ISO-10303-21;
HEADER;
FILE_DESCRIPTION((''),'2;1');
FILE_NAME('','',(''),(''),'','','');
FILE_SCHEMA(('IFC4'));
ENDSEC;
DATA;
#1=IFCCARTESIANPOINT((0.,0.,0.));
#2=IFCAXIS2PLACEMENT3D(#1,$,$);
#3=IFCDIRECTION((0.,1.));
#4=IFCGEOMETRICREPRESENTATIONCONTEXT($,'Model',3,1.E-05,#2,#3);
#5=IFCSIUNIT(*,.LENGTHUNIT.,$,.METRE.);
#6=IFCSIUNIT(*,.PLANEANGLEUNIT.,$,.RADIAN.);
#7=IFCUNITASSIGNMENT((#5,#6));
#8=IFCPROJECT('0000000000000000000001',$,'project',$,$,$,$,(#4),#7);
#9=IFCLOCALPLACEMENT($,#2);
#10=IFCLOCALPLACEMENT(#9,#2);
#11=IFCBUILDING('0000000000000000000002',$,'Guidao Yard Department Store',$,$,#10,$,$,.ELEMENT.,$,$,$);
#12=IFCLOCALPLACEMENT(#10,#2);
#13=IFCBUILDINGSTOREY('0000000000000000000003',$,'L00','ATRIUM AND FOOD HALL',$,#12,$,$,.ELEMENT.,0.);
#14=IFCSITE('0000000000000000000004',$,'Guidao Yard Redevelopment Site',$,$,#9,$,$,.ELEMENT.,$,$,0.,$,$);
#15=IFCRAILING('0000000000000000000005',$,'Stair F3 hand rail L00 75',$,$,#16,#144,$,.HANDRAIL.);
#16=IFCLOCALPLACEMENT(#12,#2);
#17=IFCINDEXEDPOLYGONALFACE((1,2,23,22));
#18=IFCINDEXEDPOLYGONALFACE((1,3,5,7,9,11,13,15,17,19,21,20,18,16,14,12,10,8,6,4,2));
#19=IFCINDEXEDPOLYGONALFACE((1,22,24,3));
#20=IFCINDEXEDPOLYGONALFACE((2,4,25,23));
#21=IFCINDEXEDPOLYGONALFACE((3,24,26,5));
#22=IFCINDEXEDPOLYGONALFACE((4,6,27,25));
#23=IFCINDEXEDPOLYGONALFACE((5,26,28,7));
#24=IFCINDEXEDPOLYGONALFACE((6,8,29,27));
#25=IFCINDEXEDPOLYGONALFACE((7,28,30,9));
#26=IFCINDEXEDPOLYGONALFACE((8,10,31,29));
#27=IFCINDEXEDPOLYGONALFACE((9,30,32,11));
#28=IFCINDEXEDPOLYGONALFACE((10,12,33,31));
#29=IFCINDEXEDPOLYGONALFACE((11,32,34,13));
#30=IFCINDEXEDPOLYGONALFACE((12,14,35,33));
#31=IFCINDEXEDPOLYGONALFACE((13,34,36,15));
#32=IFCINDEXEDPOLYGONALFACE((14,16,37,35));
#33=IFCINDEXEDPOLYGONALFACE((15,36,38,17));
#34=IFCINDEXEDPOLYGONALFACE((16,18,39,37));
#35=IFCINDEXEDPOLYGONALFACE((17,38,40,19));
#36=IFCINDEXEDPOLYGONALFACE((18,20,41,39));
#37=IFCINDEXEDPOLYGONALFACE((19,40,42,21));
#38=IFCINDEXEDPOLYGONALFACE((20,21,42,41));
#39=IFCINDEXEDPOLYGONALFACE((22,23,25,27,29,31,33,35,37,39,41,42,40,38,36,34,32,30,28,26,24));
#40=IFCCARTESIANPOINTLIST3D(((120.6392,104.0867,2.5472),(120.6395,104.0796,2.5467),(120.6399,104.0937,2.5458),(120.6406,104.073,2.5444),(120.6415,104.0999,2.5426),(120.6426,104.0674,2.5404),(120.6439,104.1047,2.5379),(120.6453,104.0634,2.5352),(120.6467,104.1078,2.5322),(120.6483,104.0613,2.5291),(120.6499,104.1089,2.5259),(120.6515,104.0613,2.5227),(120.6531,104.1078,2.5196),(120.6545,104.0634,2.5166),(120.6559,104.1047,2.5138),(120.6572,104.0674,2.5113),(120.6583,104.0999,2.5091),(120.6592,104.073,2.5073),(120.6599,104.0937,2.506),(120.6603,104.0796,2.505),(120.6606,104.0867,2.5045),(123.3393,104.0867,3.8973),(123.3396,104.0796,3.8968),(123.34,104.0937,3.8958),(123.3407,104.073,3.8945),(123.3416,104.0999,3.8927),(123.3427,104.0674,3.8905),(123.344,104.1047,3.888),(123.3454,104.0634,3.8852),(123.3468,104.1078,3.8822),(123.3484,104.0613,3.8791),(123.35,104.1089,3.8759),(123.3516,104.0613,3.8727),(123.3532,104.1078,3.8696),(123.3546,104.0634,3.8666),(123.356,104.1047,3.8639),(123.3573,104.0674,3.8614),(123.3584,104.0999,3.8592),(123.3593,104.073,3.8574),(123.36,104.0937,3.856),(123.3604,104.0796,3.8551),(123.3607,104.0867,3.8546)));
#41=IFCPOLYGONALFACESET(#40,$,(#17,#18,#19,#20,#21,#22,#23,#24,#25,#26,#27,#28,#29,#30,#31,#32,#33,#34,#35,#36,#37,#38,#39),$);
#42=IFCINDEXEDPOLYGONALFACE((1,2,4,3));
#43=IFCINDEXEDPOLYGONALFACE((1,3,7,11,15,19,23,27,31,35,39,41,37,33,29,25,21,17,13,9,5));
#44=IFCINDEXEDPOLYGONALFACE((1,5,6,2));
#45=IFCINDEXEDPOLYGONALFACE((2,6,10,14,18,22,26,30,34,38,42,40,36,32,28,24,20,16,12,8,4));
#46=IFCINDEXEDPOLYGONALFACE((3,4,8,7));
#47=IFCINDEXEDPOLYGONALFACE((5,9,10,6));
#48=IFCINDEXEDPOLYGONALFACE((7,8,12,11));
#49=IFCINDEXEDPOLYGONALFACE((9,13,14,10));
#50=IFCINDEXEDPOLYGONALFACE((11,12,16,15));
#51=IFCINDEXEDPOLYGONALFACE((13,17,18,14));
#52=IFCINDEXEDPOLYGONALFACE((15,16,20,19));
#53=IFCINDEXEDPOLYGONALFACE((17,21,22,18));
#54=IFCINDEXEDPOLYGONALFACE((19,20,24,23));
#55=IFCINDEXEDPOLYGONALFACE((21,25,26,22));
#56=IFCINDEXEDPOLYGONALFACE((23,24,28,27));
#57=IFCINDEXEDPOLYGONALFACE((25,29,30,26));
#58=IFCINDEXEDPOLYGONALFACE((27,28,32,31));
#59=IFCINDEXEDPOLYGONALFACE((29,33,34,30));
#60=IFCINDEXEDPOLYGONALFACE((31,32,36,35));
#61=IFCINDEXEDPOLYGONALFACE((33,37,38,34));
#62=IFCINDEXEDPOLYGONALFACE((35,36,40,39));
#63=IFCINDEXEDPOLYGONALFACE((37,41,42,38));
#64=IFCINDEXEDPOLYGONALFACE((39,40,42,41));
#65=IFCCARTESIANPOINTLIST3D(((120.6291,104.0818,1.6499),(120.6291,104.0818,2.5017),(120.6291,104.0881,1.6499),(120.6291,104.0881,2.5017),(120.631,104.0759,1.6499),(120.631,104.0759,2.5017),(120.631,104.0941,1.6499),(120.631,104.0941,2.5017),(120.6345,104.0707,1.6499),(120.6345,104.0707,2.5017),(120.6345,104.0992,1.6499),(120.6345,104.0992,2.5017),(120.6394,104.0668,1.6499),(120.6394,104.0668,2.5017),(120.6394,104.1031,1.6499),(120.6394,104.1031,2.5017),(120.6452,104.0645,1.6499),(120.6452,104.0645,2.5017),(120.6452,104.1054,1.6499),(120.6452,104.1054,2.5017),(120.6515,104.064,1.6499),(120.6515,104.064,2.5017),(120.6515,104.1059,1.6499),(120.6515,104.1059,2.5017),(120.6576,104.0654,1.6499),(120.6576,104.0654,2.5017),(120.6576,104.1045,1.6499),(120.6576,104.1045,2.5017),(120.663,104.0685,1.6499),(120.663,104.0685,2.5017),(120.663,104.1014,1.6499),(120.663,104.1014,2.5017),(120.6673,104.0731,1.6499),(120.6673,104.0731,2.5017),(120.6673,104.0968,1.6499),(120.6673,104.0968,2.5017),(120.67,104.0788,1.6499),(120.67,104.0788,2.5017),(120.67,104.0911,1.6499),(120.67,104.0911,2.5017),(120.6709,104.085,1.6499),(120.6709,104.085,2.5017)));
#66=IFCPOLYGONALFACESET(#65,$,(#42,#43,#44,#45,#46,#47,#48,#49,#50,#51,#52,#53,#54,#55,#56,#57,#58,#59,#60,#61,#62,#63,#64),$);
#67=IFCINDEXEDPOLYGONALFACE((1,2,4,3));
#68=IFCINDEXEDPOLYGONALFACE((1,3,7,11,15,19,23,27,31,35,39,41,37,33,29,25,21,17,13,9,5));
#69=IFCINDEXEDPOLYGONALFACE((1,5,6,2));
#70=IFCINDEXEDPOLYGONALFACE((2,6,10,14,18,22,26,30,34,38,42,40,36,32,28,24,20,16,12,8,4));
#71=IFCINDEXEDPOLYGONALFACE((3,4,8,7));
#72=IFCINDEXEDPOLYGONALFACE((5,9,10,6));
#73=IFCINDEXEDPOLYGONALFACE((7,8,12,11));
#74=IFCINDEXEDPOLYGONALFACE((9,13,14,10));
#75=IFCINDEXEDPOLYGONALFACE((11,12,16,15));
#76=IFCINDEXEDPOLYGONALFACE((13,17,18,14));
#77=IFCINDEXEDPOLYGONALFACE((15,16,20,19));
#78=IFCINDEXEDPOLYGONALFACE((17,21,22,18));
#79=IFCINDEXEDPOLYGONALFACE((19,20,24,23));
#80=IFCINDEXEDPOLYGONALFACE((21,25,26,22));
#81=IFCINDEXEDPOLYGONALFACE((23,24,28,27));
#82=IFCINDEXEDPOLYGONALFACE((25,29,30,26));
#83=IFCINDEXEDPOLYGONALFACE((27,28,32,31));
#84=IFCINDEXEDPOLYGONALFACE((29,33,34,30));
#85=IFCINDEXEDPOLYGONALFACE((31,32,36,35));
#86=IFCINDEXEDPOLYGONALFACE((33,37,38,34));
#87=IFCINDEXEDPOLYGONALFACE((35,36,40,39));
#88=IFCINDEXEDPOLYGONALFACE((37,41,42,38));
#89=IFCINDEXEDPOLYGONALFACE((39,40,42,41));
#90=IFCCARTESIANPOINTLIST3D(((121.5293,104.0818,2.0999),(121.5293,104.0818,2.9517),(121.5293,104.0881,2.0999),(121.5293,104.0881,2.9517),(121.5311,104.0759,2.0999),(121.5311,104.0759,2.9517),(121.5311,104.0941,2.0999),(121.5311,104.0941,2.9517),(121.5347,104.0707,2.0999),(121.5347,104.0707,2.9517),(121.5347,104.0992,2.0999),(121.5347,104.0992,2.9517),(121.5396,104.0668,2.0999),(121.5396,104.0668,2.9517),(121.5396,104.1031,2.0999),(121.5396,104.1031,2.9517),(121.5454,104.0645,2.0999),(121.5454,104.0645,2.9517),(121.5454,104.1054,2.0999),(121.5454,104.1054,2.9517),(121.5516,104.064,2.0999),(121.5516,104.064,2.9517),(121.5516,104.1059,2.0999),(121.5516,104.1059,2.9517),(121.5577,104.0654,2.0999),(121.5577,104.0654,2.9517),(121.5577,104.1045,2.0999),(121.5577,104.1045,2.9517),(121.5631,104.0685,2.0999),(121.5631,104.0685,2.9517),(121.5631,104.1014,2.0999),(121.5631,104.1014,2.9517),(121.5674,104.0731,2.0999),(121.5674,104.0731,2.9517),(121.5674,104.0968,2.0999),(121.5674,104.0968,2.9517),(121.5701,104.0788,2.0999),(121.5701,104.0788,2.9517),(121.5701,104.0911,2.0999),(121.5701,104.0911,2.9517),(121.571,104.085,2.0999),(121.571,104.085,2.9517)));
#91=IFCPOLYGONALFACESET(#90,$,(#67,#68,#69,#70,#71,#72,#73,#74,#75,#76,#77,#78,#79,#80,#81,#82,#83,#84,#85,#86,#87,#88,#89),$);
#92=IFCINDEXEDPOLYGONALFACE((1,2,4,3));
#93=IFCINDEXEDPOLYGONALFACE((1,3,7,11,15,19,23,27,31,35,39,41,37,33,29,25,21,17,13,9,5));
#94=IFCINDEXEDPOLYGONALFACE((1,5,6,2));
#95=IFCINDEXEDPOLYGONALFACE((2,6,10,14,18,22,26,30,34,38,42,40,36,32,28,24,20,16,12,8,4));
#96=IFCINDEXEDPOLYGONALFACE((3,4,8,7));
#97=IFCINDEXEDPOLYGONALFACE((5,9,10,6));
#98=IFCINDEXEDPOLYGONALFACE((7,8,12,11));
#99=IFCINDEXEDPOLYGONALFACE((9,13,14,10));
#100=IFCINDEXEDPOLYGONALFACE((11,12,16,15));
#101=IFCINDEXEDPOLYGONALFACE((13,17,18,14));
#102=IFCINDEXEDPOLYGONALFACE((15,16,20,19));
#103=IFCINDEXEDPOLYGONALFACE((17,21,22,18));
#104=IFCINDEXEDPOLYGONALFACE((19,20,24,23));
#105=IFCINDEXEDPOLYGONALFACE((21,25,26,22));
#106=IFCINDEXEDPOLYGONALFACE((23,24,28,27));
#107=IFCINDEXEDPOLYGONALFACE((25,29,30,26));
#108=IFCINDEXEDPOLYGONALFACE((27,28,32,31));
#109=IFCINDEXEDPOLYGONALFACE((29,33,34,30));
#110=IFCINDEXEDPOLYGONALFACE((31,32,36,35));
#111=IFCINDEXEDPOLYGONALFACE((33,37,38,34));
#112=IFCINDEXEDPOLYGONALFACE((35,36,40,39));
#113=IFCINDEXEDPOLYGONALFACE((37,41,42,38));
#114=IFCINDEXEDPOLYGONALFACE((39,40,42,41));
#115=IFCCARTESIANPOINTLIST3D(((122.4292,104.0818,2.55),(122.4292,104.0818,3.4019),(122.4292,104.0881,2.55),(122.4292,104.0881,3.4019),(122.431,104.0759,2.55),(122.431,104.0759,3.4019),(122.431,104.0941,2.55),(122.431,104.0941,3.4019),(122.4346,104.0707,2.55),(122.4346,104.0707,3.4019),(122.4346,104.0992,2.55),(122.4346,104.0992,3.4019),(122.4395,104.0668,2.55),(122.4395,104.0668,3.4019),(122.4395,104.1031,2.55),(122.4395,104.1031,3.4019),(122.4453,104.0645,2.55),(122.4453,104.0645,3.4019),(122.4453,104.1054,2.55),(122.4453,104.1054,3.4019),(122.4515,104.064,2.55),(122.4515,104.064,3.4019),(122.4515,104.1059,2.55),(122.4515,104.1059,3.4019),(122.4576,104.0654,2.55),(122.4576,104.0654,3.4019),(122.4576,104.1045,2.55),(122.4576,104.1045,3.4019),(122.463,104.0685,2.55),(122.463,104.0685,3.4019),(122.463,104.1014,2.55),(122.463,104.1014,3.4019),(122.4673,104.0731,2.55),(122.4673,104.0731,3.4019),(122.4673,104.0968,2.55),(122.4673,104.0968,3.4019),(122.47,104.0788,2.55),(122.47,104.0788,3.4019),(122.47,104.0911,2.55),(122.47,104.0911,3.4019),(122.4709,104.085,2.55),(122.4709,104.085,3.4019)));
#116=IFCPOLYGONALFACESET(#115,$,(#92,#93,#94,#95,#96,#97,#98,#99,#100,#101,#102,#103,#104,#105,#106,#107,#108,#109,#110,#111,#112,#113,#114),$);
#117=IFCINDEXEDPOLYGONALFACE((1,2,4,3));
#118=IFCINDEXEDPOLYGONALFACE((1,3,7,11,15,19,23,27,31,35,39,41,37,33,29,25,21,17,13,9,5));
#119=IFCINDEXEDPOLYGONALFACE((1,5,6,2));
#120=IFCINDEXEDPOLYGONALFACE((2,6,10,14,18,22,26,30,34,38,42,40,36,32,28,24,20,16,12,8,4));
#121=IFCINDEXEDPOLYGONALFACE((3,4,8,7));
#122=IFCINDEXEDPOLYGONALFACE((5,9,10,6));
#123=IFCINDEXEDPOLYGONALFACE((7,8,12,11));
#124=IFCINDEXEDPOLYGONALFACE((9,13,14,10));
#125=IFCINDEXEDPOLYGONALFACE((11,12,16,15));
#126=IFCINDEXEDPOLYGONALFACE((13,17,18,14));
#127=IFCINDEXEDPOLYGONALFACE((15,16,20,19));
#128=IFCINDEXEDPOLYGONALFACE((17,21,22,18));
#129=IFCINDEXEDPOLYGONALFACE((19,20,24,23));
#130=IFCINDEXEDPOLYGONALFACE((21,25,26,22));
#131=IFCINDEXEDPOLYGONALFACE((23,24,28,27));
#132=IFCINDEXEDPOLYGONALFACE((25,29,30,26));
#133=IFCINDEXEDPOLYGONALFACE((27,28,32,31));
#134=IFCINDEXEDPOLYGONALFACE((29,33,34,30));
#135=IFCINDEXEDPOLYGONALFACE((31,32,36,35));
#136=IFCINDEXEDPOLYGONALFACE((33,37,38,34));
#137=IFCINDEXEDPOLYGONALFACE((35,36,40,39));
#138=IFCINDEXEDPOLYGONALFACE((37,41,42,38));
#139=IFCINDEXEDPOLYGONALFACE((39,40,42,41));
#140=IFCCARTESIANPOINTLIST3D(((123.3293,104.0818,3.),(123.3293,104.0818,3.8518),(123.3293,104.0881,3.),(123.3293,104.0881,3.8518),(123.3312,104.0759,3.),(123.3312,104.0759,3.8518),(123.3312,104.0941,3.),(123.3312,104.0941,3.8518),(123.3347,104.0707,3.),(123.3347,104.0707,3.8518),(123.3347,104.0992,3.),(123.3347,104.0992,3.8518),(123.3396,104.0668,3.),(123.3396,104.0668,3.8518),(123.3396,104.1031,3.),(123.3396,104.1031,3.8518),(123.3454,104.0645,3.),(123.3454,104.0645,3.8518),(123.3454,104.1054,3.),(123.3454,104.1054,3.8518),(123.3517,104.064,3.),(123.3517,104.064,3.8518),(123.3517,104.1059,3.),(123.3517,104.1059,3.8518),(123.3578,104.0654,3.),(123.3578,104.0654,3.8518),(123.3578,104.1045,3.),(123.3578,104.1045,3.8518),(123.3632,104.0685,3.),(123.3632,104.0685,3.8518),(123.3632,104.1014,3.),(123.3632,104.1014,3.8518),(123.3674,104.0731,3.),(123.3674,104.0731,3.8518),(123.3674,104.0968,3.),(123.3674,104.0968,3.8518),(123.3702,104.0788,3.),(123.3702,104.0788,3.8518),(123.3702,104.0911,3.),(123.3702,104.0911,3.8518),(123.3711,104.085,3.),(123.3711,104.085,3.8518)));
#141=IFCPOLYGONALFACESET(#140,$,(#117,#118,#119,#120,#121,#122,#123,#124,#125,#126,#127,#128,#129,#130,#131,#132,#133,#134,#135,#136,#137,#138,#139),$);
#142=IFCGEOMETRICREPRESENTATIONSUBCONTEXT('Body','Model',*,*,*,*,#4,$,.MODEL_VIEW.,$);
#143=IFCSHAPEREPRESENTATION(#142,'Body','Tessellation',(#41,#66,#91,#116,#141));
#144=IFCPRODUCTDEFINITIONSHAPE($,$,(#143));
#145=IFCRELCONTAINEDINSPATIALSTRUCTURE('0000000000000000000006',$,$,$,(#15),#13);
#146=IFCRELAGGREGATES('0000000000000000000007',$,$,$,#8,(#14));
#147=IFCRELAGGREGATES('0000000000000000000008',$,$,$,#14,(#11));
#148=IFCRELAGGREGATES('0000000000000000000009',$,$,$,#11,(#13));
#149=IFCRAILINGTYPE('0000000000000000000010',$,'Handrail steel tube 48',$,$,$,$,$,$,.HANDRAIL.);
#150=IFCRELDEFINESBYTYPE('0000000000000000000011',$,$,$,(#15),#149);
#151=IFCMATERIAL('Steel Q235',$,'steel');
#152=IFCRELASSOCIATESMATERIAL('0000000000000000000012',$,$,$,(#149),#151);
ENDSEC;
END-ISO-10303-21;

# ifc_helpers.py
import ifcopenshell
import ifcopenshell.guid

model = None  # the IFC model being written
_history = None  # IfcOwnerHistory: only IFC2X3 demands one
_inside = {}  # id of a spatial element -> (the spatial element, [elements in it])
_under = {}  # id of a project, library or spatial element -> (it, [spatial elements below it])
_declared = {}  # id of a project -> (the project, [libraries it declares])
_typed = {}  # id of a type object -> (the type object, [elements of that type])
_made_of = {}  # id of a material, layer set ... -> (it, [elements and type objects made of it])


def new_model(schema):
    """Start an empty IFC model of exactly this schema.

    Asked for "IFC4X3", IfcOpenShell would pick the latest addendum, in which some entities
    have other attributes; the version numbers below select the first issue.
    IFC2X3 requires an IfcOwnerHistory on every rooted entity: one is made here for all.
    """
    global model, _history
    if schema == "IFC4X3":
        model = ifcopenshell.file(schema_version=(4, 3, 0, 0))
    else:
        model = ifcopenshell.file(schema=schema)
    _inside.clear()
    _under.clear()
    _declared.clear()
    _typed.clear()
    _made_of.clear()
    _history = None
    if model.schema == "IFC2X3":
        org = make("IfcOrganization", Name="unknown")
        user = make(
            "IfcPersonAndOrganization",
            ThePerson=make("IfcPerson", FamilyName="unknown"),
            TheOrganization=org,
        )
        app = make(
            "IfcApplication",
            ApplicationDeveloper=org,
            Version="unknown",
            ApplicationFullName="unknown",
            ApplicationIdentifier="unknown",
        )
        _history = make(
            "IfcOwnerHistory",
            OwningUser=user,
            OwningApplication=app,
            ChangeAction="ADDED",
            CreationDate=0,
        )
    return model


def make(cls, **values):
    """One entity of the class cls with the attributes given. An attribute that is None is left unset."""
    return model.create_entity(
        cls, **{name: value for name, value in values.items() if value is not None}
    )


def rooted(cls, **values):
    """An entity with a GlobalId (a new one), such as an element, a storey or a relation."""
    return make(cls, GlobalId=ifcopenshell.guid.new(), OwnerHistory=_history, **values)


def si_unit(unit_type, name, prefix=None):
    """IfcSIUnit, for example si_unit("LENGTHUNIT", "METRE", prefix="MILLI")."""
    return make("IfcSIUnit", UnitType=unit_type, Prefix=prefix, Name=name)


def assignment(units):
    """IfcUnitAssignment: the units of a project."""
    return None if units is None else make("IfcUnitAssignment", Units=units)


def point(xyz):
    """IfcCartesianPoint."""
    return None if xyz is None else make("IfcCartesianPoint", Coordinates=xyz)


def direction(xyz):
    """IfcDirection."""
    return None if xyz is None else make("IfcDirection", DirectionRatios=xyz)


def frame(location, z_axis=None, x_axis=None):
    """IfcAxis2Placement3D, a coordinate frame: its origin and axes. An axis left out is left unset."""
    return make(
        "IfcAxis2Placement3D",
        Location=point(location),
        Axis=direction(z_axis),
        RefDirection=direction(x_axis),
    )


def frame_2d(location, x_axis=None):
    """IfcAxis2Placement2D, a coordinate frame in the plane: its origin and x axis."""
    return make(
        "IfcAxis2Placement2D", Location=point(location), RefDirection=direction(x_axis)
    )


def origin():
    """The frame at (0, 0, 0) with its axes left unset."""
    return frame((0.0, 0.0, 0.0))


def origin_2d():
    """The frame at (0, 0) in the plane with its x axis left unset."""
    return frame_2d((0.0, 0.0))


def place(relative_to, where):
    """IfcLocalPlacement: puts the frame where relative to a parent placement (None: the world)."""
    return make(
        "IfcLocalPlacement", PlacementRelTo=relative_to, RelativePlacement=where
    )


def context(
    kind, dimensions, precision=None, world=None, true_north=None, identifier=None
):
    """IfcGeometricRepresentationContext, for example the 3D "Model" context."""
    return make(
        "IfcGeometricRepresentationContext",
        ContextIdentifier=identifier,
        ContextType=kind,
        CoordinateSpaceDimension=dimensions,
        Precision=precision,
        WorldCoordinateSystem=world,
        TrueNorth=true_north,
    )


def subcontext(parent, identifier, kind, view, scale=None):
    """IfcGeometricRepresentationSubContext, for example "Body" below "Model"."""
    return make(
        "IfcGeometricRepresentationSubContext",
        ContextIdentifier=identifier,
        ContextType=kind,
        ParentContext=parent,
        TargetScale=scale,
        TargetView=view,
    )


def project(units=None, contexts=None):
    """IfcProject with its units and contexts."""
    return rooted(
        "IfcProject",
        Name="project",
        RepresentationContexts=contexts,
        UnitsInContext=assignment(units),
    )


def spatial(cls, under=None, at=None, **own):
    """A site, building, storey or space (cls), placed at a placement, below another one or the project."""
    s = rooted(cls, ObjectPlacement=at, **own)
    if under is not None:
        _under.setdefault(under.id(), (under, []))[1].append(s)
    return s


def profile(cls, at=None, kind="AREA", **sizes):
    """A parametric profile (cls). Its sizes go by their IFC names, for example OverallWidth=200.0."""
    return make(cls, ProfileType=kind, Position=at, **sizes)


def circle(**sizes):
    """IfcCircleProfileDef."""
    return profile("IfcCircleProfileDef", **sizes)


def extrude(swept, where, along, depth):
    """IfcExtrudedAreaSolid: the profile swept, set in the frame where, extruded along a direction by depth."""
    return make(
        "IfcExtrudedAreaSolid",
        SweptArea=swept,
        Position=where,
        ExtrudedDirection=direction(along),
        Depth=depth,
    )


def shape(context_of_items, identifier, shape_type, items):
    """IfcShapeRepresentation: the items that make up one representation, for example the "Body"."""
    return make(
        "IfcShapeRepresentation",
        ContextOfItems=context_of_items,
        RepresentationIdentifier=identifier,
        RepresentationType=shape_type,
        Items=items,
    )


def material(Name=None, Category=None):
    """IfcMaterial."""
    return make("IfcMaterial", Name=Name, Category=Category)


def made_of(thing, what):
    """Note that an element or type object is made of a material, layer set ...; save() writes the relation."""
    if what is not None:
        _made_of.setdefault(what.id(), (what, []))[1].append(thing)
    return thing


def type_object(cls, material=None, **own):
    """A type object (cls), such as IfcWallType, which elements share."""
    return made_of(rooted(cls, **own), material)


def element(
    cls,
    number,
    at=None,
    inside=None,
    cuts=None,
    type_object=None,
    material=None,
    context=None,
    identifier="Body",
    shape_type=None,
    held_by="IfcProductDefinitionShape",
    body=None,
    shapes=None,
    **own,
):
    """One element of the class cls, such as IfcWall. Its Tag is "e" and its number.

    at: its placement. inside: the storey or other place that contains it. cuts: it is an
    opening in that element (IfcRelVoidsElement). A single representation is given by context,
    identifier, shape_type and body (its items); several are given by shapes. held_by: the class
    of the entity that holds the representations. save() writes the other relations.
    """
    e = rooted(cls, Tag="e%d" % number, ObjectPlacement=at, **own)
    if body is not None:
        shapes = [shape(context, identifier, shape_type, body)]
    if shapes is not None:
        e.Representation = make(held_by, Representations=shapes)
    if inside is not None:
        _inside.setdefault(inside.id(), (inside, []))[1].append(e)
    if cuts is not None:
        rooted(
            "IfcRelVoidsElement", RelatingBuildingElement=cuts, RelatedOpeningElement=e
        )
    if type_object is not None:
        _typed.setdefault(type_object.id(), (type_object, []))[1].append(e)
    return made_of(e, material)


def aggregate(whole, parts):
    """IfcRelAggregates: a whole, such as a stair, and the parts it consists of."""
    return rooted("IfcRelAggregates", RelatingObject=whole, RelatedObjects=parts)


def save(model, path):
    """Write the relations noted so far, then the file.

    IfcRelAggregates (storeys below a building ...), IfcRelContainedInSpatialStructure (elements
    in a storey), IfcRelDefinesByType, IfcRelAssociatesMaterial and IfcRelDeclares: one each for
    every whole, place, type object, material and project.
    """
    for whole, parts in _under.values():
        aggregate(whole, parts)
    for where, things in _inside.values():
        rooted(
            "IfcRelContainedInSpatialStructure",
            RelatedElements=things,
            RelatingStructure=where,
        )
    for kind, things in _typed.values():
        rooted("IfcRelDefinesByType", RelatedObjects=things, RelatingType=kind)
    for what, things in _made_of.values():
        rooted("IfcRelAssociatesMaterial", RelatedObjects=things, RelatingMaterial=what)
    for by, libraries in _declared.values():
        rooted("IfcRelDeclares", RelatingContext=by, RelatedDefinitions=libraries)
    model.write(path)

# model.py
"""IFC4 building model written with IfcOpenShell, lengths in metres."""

from ifc_helpers import new_model, si_unit, direction, frame, origin, origin_2d, place, context, subcontext, project, spatial, circle, extrude, material, type_object, element, save


model = new_model("IFC4")

# Units and contexts
model_context = context("Model", 3, precision=1e-05, world=origin(), true_north=direction((0.0, 1.0)))
body_context = subcontext(model_context, "Body", "Model", "MODEL_VIEW")
ifc_project = project(units=[si_unit("LENGTHUNIT", "METRE"), si_unit("PLANEANGLEUNIT", "RADIAN")], contexts=[model_context])

# Site, building, storey
site_placement = place(None, origin())
site = spatial("IfcSite", under=ifc_project, at=site_placement, Name="Guidao Yard Redevelopment Site", CompositionType="ELEMENT", RefElevation=0.0)
building_placement = place(site_placement, origin())
building = spatial("IfcBuilding", under=site, at=building_placement, Name="Guidao Yard Department Store", CompositionType="ELEMENT")
storey_placement = place(building_placement, origin())
storey = spatial("IfcBuildingStorey", under=building, at=storey_placement, Name="L00", Description="ATRIUM AND FOOD HALL", CompositionType="ELEMENT", Elevation=0.0)

# Railing
ifc_material_1 = material(Name="Steel Q235", Category="steel")
railing_type = type_object("IfcRailingType", Name="Handrail steel tube 48", PredefinedType="HANDRAIL", material=ifc_material_1)
for number, where, name in (
    (1, (120.6499, 104.085, 1.6499), "Stair F3 hand rail L00 75"),
):
    element("IfcRailing", number, at=place(storey_placement, frame(where)), inside=storey, type_object=railing_type, Name=name, PredefinedType="HANDRAIL", context=body_context, shape_type="SweptSolid", body=[
        extrude(circle(Radius=0.0239, at=origin_2d()), frame((0.0, 0.0, 0.876), z_axis=(0.894427, 0.0, 0.447214), x_axis=(0.0, 1.0, 0.0)), (0.0, 0.0, 1.0), 3.0188),
        extrude(circle(Radius=0.021, at=origin_2d()), origin(), (0.0, 0.0, 1.0), 0.8518),
        extrude(circle(Radius=0.021, at=origin_2d()), frame((0.9001, 0.0, 0.45)), (0.0, 0.0, 1.0), 0.8518),
        extrude(circle(Radius=0.021, at=origin_2d()), frame((1.8, 0.0, 0.9001)), (0.0, 0.0, 1.0), 0.8518),
        extrude(circle(Radius=0.021, at=origin_2d()), frame((2.7002, 0.0, 1.3501)), (0.0, 0.0, 1.0), 0.8518),
    ])

save(model, "model.ifc")
